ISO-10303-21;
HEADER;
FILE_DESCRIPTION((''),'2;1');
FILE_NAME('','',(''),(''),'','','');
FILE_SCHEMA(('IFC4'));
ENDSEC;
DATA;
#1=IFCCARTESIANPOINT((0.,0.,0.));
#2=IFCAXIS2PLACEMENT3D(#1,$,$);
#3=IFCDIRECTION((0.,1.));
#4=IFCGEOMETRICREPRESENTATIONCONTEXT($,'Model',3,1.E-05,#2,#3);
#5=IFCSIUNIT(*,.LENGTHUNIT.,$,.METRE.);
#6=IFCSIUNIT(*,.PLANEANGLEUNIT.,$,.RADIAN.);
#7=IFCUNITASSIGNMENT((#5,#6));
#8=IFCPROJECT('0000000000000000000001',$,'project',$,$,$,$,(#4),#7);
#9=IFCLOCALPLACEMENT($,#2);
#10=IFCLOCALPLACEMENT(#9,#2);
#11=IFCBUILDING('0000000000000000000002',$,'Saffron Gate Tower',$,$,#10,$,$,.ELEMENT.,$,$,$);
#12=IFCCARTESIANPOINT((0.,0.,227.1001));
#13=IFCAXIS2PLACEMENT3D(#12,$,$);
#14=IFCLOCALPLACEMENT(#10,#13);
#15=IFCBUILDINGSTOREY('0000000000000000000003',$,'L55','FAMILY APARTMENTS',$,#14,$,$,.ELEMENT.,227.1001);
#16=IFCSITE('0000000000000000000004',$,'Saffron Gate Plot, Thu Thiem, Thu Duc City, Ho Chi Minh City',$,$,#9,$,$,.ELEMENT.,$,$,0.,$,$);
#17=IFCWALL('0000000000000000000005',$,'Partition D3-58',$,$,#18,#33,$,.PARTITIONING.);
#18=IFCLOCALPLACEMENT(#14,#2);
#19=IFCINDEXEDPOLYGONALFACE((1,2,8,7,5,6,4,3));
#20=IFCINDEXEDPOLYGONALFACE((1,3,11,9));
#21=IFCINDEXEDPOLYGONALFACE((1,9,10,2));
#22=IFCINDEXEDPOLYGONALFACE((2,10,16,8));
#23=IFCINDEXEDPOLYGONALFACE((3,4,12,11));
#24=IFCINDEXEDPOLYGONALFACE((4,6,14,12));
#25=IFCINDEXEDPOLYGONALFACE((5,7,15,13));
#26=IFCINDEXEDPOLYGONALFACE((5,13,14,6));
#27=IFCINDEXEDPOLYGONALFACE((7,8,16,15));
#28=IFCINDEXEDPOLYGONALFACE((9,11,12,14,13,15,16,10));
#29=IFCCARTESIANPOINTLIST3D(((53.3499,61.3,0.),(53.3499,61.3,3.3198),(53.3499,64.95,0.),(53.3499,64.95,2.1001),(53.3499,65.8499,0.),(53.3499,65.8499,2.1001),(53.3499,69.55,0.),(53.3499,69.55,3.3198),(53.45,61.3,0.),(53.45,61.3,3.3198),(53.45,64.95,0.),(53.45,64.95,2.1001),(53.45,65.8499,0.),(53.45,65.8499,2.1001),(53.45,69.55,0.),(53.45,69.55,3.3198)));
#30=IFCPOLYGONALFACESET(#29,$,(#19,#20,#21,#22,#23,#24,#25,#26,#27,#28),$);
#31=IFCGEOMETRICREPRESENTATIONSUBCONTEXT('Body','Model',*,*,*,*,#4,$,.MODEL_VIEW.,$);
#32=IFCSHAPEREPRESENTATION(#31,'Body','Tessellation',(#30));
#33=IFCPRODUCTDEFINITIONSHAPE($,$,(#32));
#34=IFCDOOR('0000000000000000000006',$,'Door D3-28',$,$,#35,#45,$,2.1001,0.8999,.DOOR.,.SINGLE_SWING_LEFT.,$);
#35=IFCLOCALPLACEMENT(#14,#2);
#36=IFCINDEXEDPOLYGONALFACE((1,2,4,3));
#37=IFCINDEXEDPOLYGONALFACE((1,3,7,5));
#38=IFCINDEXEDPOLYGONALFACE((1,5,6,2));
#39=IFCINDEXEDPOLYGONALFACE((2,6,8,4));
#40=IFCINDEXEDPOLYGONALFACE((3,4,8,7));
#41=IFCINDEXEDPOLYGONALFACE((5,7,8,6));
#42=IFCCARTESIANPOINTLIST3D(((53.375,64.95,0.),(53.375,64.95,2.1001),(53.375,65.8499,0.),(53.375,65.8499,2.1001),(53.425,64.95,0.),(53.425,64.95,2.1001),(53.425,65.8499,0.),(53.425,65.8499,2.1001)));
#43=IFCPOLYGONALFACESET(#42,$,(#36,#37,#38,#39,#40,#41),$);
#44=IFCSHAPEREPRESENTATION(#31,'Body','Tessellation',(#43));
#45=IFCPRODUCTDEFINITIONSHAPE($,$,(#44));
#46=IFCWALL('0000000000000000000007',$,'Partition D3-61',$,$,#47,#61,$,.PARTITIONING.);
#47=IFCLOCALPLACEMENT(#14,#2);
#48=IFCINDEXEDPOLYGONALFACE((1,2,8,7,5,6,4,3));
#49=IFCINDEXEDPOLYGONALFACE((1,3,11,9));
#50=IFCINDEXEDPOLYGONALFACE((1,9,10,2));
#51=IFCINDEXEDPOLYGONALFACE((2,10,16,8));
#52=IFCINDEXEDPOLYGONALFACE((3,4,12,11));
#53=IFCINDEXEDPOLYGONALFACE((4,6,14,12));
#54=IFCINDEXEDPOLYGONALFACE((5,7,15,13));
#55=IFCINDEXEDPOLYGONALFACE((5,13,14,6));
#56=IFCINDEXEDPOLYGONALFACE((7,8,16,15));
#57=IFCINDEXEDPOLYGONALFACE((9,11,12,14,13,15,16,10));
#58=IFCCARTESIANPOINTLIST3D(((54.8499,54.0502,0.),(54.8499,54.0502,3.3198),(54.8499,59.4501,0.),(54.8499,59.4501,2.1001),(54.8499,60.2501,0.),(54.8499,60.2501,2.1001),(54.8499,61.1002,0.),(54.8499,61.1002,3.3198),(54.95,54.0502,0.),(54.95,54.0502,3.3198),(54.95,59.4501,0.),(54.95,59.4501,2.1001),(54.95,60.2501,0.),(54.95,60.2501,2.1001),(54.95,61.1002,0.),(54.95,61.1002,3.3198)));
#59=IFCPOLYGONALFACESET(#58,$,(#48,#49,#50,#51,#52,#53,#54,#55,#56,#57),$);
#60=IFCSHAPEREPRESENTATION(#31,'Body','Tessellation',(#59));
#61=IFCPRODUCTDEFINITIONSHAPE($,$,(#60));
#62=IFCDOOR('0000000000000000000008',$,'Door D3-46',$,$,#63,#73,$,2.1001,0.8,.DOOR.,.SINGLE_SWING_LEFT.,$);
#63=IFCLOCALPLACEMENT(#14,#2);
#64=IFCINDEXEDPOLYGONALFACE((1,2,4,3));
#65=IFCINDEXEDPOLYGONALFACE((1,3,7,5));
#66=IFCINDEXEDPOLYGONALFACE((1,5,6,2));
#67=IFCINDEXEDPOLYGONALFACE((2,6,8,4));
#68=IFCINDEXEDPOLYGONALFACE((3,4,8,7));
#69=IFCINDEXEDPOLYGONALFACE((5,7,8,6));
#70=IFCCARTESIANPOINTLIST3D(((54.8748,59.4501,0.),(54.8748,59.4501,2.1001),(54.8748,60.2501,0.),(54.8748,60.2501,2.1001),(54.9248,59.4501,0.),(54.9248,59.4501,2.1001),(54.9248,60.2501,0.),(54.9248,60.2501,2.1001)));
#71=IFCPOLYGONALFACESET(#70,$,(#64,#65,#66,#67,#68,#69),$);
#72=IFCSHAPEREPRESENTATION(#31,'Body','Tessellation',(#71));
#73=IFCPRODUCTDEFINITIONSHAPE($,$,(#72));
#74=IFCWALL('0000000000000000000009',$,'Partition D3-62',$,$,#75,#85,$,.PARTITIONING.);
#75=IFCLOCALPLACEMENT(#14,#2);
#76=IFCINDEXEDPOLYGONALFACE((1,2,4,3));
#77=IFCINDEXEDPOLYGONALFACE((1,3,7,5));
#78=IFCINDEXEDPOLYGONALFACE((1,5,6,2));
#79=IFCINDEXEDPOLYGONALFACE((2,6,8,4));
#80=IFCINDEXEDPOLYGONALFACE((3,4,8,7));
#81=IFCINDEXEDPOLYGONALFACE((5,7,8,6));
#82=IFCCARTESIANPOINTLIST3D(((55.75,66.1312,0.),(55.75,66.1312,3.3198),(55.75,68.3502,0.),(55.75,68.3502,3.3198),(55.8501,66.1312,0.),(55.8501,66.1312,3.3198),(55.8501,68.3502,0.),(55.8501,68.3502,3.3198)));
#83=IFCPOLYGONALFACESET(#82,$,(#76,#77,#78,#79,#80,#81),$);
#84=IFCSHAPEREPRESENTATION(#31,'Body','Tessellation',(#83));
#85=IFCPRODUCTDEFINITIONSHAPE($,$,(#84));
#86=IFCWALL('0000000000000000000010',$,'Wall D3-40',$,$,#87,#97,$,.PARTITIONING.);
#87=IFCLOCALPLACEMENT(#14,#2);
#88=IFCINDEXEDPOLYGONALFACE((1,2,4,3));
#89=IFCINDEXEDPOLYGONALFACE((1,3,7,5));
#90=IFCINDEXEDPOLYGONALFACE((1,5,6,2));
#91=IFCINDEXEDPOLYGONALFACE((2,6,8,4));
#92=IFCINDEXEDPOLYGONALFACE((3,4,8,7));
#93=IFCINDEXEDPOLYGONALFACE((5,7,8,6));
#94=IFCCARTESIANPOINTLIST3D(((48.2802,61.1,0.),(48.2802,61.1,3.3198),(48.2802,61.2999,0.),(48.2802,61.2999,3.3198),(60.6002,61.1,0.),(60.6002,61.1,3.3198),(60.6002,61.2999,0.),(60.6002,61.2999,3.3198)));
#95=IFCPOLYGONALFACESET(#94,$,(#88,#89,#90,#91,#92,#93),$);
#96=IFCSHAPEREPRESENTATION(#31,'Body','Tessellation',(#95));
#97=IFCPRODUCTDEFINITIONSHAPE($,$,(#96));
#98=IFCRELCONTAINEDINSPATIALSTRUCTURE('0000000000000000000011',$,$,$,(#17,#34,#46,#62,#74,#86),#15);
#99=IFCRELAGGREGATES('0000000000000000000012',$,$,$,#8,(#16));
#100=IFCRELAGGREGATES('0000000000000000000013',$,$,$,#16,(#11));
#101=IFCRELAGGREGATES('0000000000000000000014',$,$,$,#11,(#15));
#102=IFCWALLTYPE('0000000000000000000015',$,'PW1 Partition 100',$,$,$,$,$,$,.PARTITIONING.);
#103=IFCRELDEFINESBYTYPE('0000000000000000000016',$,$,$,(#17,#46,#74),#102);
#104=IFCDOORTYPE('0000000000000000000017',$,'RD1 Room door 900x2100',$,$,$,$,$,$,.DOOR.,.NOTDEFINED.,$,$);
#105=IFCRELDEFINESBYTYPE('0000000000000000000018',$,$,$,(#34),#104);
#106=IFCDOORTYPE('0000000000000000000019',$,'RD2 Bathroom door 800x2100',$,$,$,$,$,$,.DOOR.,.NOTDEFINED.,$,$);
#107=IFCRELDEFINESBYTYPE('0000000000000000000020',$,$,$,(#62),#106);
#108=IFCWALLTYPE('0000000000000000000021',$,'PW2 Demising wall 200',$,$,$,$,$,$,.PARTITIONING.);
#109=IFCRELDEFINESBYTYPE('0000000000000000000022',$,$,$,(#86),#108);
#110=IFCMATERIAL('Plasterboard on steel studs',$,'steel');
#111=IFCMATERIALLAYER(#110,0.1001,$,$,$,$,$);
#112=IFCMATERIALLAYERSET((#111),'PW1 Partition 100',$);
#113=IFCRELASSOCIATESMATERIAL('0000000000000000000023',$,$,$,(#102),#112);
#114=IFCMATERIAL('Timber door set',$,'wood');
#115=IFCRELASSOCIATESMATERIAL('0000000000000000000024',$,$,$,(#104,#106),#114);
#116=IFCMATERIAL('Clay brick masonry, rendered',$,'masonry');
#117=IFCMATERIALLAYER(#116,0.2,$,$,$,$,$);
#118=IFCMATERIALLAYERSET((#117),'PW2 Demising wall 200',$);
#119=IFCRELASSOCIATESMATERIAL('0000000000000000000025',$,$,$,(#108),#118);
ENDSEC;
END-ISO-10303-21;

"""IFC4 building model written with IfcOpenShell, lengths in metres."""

from ifc_helpers import new_model, si_unit, direction, frame, frame_2d, origin, place, context, subcontext, project, spatial, rectangle, extrude, material, layer, layer_set, type_object, element, fill, save


model = new_model("IFC4")

# Units and contexts
model_context = context("Model", 3, precision=1e-05, world=origin(), true_north=direction((0.0, 1.0)))
body_context = subcontext(model_context, "Body", "Model", "MODEL_VIEW")
ifc_project = project(units=[si_unit("LENGTHUNIT", "METRE"), si_unit("PLANEANGLEUNIT", "RADIAN")], contexts=[model_context])

# Site, building, storey
site_placement = place(None, origin())
site = spatial("IfcSite", under=ifc_project, at=site_placement, Name="Saffron Gate Plot, Thu Thiem, Thu Duc City, Ho Chi Minh City", CompositionType="ELEMENT", RefElevation=0.0)
building_placement = place(site_placement, origin())
building = spatial("IfcBuilding", under=site, at=building_placement, Name="Saffron Gate Tower", CompositionType="ELEMENT")
storey_placement = place(building_placement, frame((0.0, 0.0, 227.1001)))
storey = spatial("IfcBuildingStorey", under=building, at=storey_placement, Name="L55", Description="FAMILY APARTMENTS", CompositionType="ELEMENT", Elevation=227.1001)

# Shared definitions
ifc_material_1 = material(Name="Plasterboard on steel studs", Category="steel")
ifc_layer_1 = layer(ifc_material_1, 0.1001)
ifc_layer_set_1 = layer_set([ifc_layer_1], Name="PW1 Partition 100")
wall_type_1 = type_object("IfcWallType", Name="PW1 Partition 100", PredefinedType="PARTITIONING", material=ifc_layer_set_1)

# Walls, openings, doors
wall_1_placement = place(storey_placement, frame((53.3999, 61.3, 0.0), z_axis=(0.0, 0.0, 1.0), x_axis=(0.0, 1.0, 0.0)))
wall_1 = element("IfcWall", 1, at=wall_1_placement, inside=storey, type_object=wall_type_1, Name="Partition D3-58", PredefinedType="PARTITIONING", context=body_context, shape_type="SweptSolid", body=[
    extrude(rectangle(XDim=8.25, YDim=0.1001, at=frame_2d((4.125, 0.0))), origin(), (0.0, 0.0, 1.0), 3.3198),
])
opening_1_placement = place(wall_1_placement, frame((3.6499, 0.0, 0.0)))
opening_1 = element("IfcOpeningElement", 2, at=opening_1_placement, cuts=wall_1, PredefinedType="OPENING", context=body_context, shape_type="SweptSolid", body=[
    extrude(rectangle(XDim=0.8999, YDim=2.1001, at=frame_2d((0.45, 1.05))), frame((0.0, 0.0601, 0.0), z_axis=(0.0, -1.0, 0.0), x_axis=(1.0, 0.0, 0.0)), (0.0, 0.0, 1.0), 0.1201),
])
ifc_material_2 = material(Name="Timber door set", Category="wood")
door_type_1 = type_object("IfcDoorType", Name="RD1 Room door 900x2100", OperationType="NOTDEFINED", PredefinedType="DOOR", material=ifc_material_2)
door_1_placement = place(opening_1_placement, origin())
door_1 = element("IfcDoor", 3, at=door_1_placement, inside=storey, type_object=door_type_1, Name="Door D3-28", OperationType="SINGLE_SWING_LEFT", OverallHeight=2.1001, OverallWidth=0.8999, PredefinedType="DOOR", context=body_context, shape_type="SweptSolid", body=[
    extrude(rectangle(XDim=0.8999, YDim=2.1001, at=frame_2d((0.45, 1.05))), frame((0.0, 0.0249, 0.0), z_axis=(0.0, -1.0, 0.0), x_axis=(1.0, 0.0, 0.0)), (0.0, 0.0, 1.0), 0.05),
])
fill(opening_1, door_1)
wall_2_placement = place(storey_placement, frame((54.8999, 61.1001, 0.0), z_axis=(0.0, 0.0, 1.0), x_axis=(0.0, -1.0, 0.0)))
wall_2 = element("IfcWall", 4, at=wall_2_placement, inside=storey, type_object=wall_type_1, Name="Partition D3-61", PredefinedType="PARTITIONING", context=body_context, shape_type="SweptSolid", body=[
    extrude(rectangle(XDim=7.05, YDim=0.1001, at=frame_2d((3.5249, 0.0))), origin(), (0.0, 0.0, 1.0), 3.3198),
])
opening_2_placement = place(wall_2_placement, frame((0.8501, 0.0, 0.0)))
opening_2 = element("IfcOpeningElement", 5, at=opening_2_placement, cuts=wall_2, PredefinedType="OPENING", context=body_context, shape_type="SweptSolid", body=[
    extrude(rectangle(XDim=0.8, YDim=2.1001, at=frame_2d((0.3999, 1.05))), frame((0.0, 0.0601, 0.0), z_axis=(0.0, -1.0, 0.0), x_axis=(1.0, 0.0, 0.0)), (0.0, 0.0, 1.0), 0.1201),
])
door_type_2 = type_object("IfcDoorType", Name="RD2 Bathroom door 800x2100", OperationType="NOTDEFINED", PredefinedType="DOOR", material=ifc_material_2)
door_2_placement = place(opening_2_placement, origin())
door_2 = element("IfcDoor", 6, at=door_2_placement, inside=storey, type_object=door_type_2, Name="Door D3-46", OperationType="SINGLE_SWING_LEFT", OverallHeight=2.1001, OverallWidth=0.8, PredefinedType="DOOR", context=body_context, shape_type="SweptSolid", body=[
    extrude(rectangle(XDim=0.8, YDim=2.1001, at=frame_2d((0.3999, 1.05))), frame((0.0, 0.0249, 0.0), z_axis=(0.0, -1.0, 0.0), x_axis=(1.0, 0.0, 0.0)), (0.0, 0.0, 1.0), 0.05),
])
fill(opening_2, door_2)

# Walls
wall_3_placement = place(storey_placement, frame((55.8, 68.3501, 0.0), z_axis=(0.0, 0.0, 1.0), x_axis=(0.0, -1.0, 0.0)))
element("IfcWall", 7, at=wall_3_placement, inside=storey, type_object=wall_type_1, Name="Partition D3-62", PredefinedType="PARTITIONING", context=body_context, shape_type="SweptSolid", body=[
    extrude(rectangle(XDim=2.219, YDim=0.1001, at=frame_2d((1.1094, 0.0))), origin(), (0.0, 0.0, 1.0), 3.3198),
])
ifc_material_3 = material(Name="Clay brick masonry, rendered", Category="masonry")
ifc_layer_2 = layer(ifc_material_3, 0.2)
ifc_layer_set_2 = layer_set([ifc_layer_2], Name="PW2 Demising wall 200")
wall_type_2 = type_object("IfcWallType", Name="PW2 Demising wall 200", PredefinedType="PARTITIONING", material=ifc_layer_set_2)
wall_4_placement = place(storey_placement, frame((48.28, 61.2, 0.0), z_axis=(0.0, 0.0, 1.0), x_axis=(1.0, 0.0, 0.0)))
element("IfcWall", 8, at=wall_4_placement, inside=storey, type_object=wall_type_2, Name="Wall D3-40", PredefinedType="PARTITIONING", context=body_context, shape_type="SweptSolid", body=[
    extrude(rectangle(XDim=12.3201, YDim=0.2, at=frame_2d((6.1602, 0.0))), origin(), (0.0, 0.0, 1.0), 3.3198),
])

save(model, "model.ifc")
